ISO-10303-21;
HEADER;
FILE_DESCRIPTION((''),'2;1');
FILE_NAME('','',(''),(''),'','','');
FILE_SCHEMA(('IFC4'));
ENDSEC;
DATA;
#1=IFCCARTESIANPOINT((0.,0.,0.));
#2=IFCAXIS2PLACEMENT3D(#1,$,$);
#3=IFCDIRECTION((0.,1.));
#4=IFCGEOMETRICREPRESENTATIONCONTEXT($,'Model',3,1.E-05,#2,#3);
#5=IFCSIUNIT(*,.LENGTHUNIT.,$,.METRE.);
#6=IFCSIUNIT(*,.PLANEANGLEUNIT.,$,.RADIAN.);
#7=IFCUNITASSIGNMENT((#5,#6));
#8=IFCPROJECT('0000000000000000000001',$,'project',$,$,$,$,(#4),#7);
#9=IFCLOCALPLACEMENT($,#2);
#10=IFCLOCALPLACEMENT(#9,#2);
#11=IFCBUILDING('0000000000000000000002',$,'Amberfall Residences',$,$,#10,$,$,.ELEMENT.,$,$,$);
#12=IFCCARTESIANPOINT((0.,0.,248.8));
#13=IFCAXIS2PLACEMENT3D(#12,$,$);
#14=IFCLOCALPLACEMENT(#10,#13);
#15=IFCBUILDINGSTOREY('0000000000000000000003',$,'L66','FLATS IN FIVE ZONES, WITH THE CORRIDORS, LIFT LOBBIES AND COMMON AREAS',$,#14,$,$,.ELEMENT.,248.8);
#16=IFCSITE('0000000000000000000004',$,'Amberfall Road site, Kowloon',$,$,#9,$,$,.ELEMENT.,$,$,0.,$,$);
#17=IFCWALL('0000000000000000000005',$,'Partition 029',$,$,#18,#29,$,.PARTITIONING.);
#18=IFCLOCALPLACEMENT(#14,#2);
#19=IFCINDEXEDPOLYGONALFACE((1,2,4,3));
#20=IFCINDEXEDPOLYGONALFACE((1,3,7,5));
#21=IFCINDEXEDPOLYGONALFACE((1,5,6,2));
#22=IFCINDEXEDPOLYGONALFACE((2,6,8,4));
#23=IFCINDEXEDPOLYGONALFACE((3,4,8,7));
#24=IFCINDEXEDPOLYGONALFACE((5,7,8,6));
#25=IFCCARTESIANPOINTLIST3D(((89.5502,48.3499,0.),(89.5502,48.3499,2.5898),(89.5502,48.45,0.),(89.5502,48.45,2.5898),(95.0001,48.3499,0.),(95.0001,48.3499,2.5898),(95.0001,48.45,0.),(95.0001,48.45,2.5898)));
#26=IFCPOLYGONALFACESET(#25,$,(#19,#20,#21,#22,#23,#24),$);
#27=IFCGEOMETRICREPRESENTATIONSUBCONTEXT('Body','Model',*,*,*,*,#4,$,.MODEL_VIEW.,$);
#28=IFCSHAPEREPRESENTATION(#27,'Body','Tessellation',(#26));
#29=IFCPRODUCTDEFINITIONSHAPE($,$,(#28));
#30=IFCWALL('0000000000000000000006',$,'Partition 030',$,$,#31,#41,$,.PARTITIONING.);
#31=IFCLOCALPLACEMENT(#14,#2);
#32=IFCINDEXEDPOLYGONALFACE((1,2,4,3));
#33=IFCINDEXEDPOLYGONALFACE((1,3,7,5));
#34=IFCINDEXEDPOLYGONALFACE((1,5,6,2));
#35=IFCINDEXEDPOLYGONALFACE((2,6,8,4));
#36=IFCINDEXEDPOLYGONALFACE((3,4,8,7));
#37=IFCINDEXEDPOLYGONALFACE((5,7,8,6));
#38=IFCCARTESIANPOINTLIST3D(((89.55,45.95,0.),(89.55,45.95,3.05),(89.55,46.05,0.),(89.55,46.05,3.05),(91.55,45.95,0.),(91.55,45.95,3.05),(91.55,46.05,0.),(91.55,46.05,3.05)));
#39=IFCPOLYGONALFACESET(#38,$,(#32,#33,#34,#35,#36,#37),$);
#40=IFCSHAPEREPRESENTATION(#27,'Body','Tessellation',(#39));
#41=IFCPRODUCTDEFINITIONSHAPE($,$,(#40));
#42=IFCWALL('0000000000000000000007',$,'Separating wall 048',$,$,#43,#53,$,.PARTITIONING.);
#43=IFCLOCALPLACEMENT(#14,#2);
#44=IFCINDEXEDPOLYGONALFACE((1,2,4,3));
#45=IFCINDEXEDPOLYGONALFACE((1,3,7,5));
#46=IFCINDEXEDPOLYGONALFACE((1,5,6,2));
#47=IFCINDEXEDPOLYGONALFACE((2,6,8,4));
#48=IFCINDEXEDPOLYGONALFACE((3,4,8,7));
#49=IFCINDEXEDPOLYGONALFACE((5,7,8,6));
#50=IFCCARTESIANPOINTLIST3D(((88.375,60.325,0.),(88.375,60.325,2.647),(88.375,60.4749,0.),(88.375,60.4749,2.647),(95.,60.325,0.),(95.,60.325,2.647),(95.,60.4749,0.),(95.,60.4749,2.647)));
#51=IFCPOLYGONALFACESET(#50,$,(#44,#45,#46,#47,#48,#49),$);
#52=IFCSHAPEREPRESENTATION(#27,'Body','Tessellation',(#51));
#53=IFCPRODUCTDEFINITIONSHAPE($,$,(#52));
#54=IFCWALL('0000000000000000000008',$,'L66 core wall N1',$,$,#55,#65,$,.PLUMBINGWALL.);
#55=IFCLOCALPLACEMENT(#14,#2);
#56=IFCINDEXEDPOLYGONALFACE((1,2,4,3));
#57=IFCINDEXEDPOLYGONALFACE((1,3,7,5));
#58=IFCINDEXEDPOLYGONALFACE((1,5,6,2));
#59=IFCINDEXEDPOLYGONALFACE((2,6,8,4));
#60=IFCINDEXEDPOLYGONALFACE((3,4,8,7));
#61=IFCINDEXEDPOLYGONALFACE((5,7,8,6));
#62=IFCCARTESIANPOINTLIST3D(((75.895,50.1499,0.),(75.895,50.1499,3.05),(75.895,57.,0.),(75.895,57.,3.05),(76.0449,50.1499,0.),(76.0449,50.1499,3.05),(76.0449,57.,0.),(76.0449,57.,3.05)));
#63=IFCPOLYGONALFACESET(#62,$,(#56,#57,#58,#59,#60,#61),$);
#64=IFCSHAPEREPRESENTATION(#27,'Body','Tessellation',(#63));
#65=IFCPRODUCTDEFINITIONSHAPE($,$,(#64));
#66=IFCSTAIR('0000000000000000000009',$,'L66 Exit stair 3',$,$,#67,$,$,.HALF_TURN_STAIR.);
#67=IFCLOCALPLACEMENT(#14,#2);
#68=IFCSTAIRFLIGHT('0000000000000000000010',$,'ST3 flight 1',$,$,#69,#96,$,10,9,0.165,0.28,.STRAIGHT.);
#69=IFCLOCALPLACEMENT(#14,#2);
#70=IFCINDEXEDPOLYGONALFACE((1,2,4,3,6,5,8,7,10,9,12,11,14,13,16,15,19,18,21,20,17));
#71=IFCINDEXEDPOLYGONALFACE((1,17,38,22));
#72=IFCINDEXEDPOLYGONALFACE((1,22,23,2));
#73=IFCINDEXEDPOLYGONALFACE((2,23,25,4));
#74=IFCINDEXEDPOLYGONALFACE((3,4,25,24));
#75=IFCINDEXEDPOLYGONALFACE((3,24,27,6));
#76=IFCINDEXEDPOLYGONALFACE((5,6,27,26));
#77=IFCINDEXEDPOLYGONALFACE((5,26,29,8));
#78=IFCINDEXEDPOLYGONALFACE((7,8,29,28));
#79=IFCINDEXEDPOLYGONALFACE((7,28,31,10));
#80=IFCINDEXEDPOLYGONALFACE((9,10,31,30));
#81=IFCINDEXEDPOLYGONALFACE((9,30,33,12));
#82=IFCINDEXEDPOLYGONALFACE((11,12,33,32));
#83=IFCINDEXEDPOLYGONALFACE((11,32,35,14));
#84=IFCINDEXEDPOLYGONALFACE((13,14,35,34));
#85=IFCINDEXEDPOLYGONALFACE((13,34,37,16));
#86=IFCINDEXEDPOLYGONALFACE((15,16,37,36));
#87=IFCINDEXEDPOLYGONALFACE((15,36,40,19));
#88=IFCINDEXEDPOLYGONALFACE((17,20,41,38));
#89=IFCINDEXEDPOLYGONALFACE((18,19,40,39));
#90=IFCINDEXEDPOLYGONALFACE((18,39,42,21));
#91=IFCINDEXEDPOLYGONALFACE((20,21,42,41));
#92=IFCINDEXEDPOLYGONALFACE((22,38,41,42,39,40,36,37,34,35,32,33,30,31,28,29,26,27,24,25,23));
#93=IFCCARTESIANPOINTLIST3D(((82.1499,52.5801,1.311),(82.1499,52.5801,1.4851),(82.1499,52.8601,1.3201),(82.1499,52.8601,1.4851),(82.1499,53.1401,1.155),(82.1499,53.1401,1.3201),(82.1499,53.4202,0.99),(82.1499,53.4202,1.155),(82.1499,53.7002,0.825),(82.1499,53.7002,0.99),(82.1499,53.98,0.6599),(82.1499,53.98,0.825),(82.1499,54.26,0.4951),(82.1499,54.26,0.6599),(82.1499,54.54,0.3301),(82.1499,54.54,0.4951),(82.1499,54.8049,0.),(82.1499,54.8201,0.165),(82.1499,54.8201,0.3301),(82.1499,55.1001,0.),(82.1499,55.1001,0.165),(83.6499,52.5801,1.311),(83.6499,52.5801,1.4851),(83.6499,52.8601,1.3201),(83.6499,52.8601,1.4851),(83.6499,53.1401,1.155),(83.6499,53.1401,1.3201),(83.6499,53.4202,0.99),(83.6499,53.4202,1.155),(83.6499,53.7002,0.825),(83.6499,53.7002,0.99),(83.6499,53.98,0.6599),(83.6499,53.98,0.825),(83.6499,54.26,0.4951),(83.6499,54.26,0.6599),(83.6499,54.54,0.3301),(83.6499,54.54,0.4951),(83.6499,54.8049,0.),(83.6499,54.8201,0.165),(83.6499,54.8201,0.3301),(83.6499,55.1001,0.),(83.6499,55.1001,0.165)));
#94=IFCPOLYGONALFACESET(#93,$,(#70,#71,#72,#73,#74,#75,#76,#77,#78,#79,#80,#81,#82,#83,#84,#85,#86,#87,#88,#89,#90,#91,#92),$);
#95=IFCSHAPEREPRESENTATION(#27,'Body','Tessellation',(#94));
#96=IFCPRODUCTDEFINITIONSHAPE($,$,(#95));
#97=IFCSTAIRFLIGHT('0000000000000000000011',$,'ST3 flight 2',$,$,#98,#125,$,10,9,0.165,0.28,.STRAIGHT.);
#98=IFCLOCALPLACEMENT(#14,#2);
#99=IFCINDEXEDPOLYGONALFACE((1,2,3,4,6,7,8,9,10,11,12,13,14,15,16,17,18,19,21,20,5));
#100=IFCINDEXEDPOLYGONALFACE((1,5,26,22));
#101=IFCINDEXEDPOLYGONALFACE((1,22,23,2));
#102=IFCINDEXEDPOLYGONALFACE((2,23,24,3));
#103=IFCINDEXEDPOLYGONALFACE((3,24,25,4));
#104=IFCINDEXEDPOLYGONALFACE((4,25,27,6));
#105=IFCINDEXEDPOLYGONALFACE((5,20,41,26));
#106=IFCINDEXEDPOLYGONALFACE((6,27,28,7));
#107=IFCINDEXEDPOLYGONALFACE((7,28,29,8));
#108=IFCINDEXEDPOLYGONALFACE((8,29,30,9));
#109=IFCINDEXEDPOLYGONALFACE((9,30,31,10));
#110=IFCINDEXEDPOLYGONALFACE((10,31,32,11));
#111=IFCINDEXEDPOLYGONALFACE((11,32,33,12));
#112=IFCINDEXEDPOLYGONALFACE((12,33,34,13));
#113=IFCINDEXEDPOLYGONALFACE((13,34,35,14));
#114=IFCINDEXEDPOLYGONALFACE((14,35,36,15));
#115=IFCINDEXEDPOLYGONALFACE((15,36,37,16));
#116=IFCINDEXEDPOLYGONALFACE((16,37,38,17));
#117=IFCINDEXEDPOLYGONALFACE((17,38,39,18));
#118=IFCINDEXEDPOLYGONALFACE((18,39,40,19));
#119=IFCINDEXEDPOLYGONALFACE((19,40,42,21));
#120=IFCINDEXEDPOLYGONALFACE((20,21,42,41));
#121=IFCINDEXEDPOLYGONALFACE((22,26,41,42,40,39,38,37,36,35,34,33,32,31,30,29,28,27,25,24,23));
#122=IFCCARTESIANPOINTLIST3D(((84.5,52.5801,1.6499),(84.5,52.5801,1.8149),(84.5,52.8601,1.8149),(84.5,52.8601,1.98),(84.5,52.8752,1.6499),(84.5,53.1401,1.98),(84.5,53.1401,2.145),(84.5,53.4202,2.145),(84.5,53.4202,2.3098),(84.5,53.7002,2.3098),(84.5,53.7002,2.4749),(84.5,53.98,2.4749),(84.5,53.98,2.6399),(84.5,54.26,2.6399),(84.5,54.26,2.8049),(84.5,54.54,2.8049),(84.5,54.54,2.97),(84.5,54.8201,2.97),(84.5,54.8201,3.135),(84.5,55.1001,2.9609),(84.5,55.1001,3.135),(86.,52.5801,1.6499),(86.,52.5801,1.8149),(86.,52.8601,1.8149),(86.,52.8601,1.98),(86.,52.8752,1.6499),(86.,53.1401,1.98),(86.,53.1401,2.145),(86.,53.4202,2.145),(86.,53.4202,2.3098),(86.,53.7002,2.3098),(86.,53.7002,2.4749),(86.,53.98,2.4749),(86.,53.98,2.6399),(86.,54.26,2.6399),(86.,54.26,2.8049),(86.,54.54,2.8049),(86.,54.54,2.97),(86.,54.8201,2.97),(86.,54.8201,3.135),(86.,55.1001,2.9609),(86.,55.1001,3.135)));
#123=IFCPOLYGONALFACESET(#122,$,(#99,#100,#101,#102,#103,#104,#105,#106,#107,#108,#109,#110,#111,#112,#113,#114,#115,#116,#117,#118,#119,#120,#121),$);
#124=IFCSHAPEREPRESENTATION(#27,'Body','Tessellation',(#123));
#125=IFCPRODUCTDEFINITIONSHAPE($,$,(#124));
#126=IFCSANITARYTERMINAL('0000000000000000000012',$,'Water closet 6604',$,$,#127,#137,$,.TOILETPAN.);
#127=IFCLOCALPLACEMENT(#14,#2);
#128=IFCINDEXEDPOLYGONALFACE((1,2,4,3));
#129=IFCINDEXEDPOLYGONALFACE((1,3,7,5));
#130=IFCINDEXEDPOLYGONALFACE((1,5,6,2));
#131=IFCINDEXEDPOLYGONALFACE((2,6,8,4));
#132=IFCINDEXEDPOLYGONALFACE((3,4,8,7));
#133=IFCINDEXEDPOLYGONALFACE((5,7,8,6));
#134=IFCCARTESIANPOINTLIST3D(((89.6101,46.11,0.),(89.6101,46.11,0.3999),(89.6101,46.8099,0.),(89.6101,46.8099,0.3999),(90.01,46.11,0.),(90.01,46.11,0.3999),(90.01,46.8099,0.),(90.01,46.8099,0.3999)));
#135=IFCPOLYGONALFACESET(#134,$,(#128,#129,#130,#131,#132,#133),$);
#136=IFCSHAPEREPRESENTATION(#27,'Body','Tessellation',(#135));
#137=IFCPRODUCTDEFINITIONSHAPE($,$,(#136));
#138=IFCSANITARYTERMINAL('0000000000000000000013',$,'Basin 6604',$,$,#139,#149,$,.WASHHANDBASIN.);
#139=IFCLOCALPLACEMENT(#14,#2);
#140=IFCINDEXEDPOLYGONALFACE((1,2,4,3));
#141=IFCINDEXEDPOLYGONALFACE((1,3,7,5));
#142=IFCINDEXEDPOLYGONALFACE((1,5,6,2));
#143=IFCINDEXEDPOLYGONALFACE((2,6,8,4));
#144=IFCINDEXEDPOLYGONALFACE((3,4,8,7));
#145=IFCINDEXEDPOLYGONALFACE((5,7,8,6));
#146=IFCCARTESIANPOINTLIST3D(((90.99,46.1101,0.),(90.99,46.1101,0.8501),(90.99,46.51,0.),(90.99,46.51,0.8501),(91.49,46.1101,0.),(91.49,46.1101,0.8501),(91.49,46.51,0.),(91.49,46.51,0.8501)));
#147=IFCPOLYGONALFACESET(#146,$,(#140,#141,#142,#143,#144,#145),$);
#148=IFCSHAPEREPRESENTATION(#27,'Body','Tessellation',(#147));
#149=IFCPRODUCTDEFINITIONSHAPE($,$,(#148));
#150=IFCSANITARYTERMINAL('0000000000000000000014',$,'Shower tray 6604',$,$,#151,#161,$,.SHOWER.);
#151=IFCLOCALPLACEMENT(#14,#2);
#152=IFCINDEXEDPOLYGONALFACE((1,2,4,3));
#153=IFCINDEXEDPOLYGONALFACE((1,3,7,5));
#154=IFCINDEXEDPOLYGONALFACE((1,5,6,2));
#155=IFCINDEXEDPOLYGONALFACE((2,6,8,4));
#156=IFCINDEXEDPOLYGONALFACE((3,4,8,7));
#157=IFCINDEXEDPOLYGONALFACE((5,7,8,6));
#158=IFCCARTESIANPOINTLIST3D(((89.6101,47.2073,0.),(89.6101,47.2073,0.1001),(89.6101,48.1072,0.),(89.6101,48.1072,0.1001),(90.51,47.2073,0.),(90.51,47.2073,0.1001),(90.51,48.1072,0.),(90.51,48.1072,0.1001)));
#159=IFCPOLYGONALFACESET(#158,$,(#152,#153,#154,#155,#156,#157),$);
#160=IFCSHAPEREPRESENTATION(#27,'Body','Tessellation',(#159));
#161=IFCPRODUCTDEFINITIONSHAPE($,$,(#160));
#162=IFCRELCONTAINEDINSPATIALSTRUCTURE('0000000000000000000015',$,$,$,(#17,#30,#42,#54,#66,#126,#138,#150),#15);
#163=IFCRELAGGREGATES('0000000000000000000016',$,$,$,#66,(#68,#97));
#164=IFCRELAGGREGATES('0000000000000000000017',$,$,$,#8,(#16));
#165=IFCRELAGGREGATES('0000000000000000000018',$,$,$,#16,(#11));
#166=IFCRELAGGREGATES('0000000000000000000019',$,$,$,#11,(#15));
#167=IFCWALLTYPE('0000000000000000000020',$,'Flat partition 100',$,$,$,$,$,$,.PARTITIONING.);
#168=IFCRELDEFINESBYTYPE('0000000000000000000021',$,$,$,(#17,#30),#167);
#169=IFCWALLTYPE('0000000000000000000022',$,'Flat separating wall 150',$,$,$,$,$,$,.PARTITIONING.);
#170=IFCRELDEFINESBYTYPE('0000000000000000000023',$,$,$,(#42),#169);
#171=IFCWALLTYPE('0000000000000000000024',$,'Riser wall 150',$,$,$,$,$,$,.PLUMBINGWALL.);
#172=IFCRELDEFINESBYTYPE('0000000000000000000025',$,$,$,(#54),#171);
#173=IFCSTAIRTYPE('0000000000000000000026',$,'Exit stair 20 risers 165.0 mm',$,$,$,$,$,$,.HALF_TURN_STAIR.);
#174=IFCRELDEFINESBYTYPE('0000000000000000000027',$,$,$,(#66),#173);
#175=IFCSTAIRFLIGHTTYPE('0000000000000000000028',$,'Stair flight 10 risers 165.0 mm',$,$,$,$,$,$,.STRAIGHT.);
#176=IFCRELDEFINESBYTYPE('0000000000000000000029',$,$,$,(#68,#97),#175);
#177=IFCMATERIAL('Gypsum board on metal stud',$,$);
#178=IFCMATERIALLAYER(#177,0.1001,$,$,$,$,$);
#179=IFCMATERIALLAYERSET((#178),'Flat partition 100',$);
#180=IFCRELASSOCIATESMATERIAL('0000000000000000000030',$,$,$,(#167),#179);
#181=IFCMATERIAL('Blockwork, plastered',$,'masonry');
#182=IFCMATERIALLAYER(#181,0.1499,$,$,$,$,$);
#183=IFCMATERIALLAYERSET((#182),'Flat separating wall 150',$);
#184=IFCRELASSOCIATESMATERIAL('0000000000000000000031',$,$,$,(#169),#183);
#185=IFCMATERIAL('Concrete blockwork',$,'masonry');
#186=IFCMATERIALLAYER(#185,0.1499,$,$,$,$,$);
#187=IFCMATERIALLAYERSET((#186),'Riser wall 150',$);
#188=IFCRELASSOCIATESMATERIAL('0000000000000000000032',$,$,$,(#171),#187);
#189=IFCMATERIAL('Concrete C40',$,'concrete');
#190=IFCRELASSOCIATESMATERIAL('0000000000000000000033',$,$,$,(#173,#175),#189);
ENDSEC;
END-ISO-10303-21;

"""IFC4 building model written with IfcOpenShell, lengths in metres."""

from ifc_helpers import new_model, si_unit, direction, frame, frame_2d, origin, origin_2d, place, context, subcontext, project, spatial, polyline, rectangle, outline, extrude, material, layer, layer_set, type_object, element, aggregate, save


model = new_model("IFC4")

# Units and contexts
model_context = context("Model", 3, precision=1e-05, world=origin(), true_north=direction((0.0, 1.0)))
body_context = subcontext(model_context, "Body", "Model", "MODEL_VIEW")
ifc_project = project(units=[si_unit("LENGTHUNIT", "METRE"), si_unit("PLANEANGLEUNIT", "RADIAN")], contexts=[model_context])

# Site, building, storey
site_placement = place(None, origin())
site = spatial("IfcSite", under=ifc_project, at=site_placement, Name="Amberfall Road site, Kowloon", CompositionType="ELEMENT", RefElevation=0.0)
building_placement = place(site_placement, origin())
building = spatial("IfcBuilding", under=site, at=building_placement, Name="Amberfall Residences", CompositionType="ELEMENT")
storey_placement = place(building_placement, frame((0.0, 0.0, 248.8)))
storey = spatial("IfcBuildingStorey", under=building, at=storey_placement, Name="L66", Description="FLATS IN FIVE ZONES, WITH THE CORRIDORS, LIFT LOBBIES AND COMMON AREAS", CompositionType="ELEMENT", Elevation=248.8)

# Shared definitions
ifc_material_1 = material(Name="Gypsum board on metal stud")
ifc_layer_1 = layer(ifc_material_1, 0.1001)
ifc_layer_set_1 = layer_set([ifc_layer_1], Name="Flat partition 100")
wall_type_1 = type_object("IfcWallType", Name="Flat partition 100", PredefinedType="PARTITIONING", material=ifc_layer_set_1)

# Walls
wall_1_placement = place(storey_placement, frame((89.55, 48.3999, 0.0), z_axis=(0.0, 0.0, 1.0), x_axis=(1.0, 0.0, 0.0)))
element("IfcWall", 1, at=wall_1_placement, inside=storey, type_object=wall_type_1, Name="Partition 029", PredefinedType="PARTITIONING", context=body_context, shape_type="SweptSolid", body=[
    extrude(rectangle(XDim=5.45, YDim=0.1001, at=frame_2d((2.7251, 0.0))), origin(), (0.0, 0.0, 1.0), 2.5898),
])
wall_2_placement = place(storey_placement, frame((89.55, 46.0, 0.0), z_axis=(0.0, 0.0, 1.0), x_axis=(1.0, 0.0, 0.0)))
element("IfcWall", 2, at=wall_2_placement, inside=storey, type_object=wall_type_1, Name="Partition 030", PredefinedType="PARTITIONING", context=body_context, shape_type="SweptSolid", body=[
    extrude(rectangle(XDim=2.0, YDim=0.1001, at=frame_2d((1.0, 0.0))), origin(), (0.0, 0.0, 1.0), 3.05),
])
ifc_material_2 = material(Name="Blockwork, plastered", Category="masonry")
ifc_layer_2 = layer(ifc_material_2, 0.1499)
ifc_layer_set_2 = layer_set([ifc_layer_2], Name="Flat separating wall 150")
wall_type_2 = type_object("IfcWallType", Name="Flat separating wall 150", PredefinedType="PARTITIONING", material=ifc_layer_set_2)
wall_3_placement = place(storey_placement, frame((88.375, 60.3999, 0.0), z_axis=(0.0, 0.0, 1.0), x_axis=(1.0, 0.0, 0.0)))
element("IfcWall", 3, at=wall_3_placement, inside=storey, type_object=wall_type_2, Name="Separating wall 048", PredefinedType="PARTITIONING", context=body_context, shape_type="SweptSolid", body=[
    extrude(rectangle(XDim=6.625, YDim=0.1499, at=frame_2d((3.3125, 0.0))), origin(), (0.0, 0.0, 1.0), 2.647),
])
ifc_material_3 = material(Name="Concrete blockwork", Category="masonry")
ifc_layer_3 = layer(ifc_material_3, 0.1499)
ifc_layer_set_3 = layer_set([ifc_layer_3], Name="Riser wall 150")
wall_type_3 = type_object("IfcWallType", Name="Riser wall 150", PredefinedType="PLUMBINGWALL", material=ifc_layer_set_3)
wall_4_placement = place(storey_placement, frame((75.97, 50.1499, 0.0), z_axis=(0.0, 0.0, 1.0), x_axis=(0.0, 1.0, 0.0)))
element("IfcWall", 4, at=wall_4_placement, inside=storey, type_object=wall_type_3, Name="L66 core wall N1", PredefinedType="PLUMBINGWALL", context=body_context, shape_type="SweptSolid", body=[
    extrude(rectangle(XDim=6.8501, YDim=0.1499, at=frame_2d((3.425, 0.0))), origin(), (0.0, 0.0, 1.0), 3.05),
])

# Stair, stair flights
ifc_material_4 = material(Name="Concrete C40", Category="concrete")
stair_type = type_object("IfcStairType", Name="Exit stair 20 risers 165.0 mm", PredefinedType="HALF_TURN_STAIR", material=ifc_material_4)
stair_placement = place(storey_placement, origin())
stair = element("IfcStair", 5, at=stair_placement, inside=storey, type_object=stair_type, Name="L66 Exit stair 3", PredefinedType="HALF_TURN_STAIR")
stair_flight_type = type_object("IfcStairFlightType", Name="Stair flight 10 risers 165.0 mm", PredefinedType="STRAIGHT", material=ifc_material_4)
stair_flight_1_placement = place(storey_placement, frame((82.8999, 55.1001, 0.0), z_axis=(0.0, 0.0, 1.0), x_axis=(0.0, -1.0, 0.0)))
stair_flight_1 = element("IfcStairFlight", 6, at=stair_flight_1_placement, type_object=stair_flight_type, Name="ST3 flight 1", NumberOfRisers=10, NumberOfTreads=9, PredefinedType="STRAIGHT", RiserHeight=0.165, TreadLength=0.28, context=body_context, shape_type="SweptSolid", body=[
    extrude(outline(polyline([(0.0, 0.0), (0.0, 0.165), (0.28, 0.165), (0.28, 0.3301), (0.5601, 0.3301), (0.5601, 0.4951), (0.8401, 0.4951), (0.8401, 0.6599), (1.1201, 0.6599), (1.1201, 0.825), (1.3999, 0.825), (1.3999, 0.99), (1.6799, 0.99), (1.6799, 1.155), (1.96, 1.155), (1.96, 1.3201), (2.24, 1.3201), (2.24, 1.4851), (2.52, 1.4851), (2.52, 1.6499), (2.52, 1.311), (0.2952, 0.0), (0.0, 0.0)])), frame((0.0, 0.75, 0.0), z_axis=(0.0, -1.0, 0.0), x_axis=(1.0, 0.0, 0.0)), (0.0, 0.0, 1.0), 1.5),
])
stair_flight_2_placement = place(storey_placement, frame((85.25, 52.5801, 1.6499), z_axis=(0.0, 0.0, 1.0), x_axis=(0.0, 1.0, 0.0)))
stair_flight_2 = element("IfcStairFlight", 7, at=stair_flight_2_placement, type_object=stair_flight_type, Name="ST3 flight 2", NumberOfRisers=10, NumberOfTreads=9, PredefinedType="STRAIGHT", RiserHeight=0.165, TreadLength=0.28, context=body_context, shape_type="SweptSolid", body=[
    extrude(outline(polyline([(0.0, 0.0), (0.0, 0.165), (0.28, 0.165), (0.28, 0.3301), (0.5601, 0.3301), (0.5601, 0.4951), (0.8401, 0.4951), (0.8401, 0.6599), (1.1201, 0.6599), (1.1201, 0.825), (1.3999, 0.825), (1.3999, 0.99), (1.6799, 0.99), (1.6799, 1.155), (1.96, 1.155), (1.96, 1.3201), (2.24, 1.3201), (2.24, 1.4851), (2.52, 1.4851), (2.52, 1.6499), (2.52, 1.311), (0.2952, 0.0), (0.0, 0.0)])), frame((0.0, 0.75, 0.0), z_axis=(0.0, -1.0, 0.0), x_axis=(1.0, 0.0, 0.0)), (0.0, 0.0, 1.0), 1.5),
])
aggregate(stair, [stair_flight_1, stair_flight_2])

# Sanitary terminals
sanitary_terminal_1_placement = place(storey_placement, frame((89.8101, 46.46, 0.0), z_axis=(0.0, 0.0, 1.0), x_axis=(1.0, 0.0, 0.0)))
element("IfcSanitaryTerminal", 8, at=sanitary_terminal_1_placement, inside=storey, Name="Water closet 6604", PredefinedType="TOILETPAN", context=body_context, shape_type="SweptSolid", body=[
    extrude(rectangle(XDim=0.3999, YDim=0.7, at=origin_2d()), origin(), (0.0, 0.0, 1.0), 0.3999),
])
sanitary_terminal_2_placement = place(storey_placement, frame((91.24, 46.3101, 0.0), z_axis=(0.0, 0.0, 1.0), x_axis=(1.0, 0.0, 0.0)))
element("IfcSanitaryTerminal", 9, at=sanitary_terminal_2_placement, inside=storey, Name="Basin 6604", PredefinedType="WASHHANDBASIN", context=body_context, shape_type="SweptSolid", body=[
    extrude(rectangle(XDim=0.5, YDim=0.3999, at=origin_2d()), origin(), (0.0, 0.0, 1.0), 0.8501),
])
sanitary_terminal_3_placement = place(storey_placement, frame((90.0601, 47.6572, 0.0), z_axis=(0.0, 0.0, 1.0), x_axis=(1.0, 0.0, 0.0)))
element("IfcSanitaryTerminal", 10, at=sanitary_terminal_3_placement, inside=storey, Name="Shower tray 6604", PredefinedType="SHOWER", context=body_context, shape_type="SweptSolid", body=[
    extrude(rectangle(XDim=0.8999, YDim=0.8999, at=origin_2d()), origin(), (0.0, 0.0, 1.0), 0.1001),
])

save(model, "model.ifc")
